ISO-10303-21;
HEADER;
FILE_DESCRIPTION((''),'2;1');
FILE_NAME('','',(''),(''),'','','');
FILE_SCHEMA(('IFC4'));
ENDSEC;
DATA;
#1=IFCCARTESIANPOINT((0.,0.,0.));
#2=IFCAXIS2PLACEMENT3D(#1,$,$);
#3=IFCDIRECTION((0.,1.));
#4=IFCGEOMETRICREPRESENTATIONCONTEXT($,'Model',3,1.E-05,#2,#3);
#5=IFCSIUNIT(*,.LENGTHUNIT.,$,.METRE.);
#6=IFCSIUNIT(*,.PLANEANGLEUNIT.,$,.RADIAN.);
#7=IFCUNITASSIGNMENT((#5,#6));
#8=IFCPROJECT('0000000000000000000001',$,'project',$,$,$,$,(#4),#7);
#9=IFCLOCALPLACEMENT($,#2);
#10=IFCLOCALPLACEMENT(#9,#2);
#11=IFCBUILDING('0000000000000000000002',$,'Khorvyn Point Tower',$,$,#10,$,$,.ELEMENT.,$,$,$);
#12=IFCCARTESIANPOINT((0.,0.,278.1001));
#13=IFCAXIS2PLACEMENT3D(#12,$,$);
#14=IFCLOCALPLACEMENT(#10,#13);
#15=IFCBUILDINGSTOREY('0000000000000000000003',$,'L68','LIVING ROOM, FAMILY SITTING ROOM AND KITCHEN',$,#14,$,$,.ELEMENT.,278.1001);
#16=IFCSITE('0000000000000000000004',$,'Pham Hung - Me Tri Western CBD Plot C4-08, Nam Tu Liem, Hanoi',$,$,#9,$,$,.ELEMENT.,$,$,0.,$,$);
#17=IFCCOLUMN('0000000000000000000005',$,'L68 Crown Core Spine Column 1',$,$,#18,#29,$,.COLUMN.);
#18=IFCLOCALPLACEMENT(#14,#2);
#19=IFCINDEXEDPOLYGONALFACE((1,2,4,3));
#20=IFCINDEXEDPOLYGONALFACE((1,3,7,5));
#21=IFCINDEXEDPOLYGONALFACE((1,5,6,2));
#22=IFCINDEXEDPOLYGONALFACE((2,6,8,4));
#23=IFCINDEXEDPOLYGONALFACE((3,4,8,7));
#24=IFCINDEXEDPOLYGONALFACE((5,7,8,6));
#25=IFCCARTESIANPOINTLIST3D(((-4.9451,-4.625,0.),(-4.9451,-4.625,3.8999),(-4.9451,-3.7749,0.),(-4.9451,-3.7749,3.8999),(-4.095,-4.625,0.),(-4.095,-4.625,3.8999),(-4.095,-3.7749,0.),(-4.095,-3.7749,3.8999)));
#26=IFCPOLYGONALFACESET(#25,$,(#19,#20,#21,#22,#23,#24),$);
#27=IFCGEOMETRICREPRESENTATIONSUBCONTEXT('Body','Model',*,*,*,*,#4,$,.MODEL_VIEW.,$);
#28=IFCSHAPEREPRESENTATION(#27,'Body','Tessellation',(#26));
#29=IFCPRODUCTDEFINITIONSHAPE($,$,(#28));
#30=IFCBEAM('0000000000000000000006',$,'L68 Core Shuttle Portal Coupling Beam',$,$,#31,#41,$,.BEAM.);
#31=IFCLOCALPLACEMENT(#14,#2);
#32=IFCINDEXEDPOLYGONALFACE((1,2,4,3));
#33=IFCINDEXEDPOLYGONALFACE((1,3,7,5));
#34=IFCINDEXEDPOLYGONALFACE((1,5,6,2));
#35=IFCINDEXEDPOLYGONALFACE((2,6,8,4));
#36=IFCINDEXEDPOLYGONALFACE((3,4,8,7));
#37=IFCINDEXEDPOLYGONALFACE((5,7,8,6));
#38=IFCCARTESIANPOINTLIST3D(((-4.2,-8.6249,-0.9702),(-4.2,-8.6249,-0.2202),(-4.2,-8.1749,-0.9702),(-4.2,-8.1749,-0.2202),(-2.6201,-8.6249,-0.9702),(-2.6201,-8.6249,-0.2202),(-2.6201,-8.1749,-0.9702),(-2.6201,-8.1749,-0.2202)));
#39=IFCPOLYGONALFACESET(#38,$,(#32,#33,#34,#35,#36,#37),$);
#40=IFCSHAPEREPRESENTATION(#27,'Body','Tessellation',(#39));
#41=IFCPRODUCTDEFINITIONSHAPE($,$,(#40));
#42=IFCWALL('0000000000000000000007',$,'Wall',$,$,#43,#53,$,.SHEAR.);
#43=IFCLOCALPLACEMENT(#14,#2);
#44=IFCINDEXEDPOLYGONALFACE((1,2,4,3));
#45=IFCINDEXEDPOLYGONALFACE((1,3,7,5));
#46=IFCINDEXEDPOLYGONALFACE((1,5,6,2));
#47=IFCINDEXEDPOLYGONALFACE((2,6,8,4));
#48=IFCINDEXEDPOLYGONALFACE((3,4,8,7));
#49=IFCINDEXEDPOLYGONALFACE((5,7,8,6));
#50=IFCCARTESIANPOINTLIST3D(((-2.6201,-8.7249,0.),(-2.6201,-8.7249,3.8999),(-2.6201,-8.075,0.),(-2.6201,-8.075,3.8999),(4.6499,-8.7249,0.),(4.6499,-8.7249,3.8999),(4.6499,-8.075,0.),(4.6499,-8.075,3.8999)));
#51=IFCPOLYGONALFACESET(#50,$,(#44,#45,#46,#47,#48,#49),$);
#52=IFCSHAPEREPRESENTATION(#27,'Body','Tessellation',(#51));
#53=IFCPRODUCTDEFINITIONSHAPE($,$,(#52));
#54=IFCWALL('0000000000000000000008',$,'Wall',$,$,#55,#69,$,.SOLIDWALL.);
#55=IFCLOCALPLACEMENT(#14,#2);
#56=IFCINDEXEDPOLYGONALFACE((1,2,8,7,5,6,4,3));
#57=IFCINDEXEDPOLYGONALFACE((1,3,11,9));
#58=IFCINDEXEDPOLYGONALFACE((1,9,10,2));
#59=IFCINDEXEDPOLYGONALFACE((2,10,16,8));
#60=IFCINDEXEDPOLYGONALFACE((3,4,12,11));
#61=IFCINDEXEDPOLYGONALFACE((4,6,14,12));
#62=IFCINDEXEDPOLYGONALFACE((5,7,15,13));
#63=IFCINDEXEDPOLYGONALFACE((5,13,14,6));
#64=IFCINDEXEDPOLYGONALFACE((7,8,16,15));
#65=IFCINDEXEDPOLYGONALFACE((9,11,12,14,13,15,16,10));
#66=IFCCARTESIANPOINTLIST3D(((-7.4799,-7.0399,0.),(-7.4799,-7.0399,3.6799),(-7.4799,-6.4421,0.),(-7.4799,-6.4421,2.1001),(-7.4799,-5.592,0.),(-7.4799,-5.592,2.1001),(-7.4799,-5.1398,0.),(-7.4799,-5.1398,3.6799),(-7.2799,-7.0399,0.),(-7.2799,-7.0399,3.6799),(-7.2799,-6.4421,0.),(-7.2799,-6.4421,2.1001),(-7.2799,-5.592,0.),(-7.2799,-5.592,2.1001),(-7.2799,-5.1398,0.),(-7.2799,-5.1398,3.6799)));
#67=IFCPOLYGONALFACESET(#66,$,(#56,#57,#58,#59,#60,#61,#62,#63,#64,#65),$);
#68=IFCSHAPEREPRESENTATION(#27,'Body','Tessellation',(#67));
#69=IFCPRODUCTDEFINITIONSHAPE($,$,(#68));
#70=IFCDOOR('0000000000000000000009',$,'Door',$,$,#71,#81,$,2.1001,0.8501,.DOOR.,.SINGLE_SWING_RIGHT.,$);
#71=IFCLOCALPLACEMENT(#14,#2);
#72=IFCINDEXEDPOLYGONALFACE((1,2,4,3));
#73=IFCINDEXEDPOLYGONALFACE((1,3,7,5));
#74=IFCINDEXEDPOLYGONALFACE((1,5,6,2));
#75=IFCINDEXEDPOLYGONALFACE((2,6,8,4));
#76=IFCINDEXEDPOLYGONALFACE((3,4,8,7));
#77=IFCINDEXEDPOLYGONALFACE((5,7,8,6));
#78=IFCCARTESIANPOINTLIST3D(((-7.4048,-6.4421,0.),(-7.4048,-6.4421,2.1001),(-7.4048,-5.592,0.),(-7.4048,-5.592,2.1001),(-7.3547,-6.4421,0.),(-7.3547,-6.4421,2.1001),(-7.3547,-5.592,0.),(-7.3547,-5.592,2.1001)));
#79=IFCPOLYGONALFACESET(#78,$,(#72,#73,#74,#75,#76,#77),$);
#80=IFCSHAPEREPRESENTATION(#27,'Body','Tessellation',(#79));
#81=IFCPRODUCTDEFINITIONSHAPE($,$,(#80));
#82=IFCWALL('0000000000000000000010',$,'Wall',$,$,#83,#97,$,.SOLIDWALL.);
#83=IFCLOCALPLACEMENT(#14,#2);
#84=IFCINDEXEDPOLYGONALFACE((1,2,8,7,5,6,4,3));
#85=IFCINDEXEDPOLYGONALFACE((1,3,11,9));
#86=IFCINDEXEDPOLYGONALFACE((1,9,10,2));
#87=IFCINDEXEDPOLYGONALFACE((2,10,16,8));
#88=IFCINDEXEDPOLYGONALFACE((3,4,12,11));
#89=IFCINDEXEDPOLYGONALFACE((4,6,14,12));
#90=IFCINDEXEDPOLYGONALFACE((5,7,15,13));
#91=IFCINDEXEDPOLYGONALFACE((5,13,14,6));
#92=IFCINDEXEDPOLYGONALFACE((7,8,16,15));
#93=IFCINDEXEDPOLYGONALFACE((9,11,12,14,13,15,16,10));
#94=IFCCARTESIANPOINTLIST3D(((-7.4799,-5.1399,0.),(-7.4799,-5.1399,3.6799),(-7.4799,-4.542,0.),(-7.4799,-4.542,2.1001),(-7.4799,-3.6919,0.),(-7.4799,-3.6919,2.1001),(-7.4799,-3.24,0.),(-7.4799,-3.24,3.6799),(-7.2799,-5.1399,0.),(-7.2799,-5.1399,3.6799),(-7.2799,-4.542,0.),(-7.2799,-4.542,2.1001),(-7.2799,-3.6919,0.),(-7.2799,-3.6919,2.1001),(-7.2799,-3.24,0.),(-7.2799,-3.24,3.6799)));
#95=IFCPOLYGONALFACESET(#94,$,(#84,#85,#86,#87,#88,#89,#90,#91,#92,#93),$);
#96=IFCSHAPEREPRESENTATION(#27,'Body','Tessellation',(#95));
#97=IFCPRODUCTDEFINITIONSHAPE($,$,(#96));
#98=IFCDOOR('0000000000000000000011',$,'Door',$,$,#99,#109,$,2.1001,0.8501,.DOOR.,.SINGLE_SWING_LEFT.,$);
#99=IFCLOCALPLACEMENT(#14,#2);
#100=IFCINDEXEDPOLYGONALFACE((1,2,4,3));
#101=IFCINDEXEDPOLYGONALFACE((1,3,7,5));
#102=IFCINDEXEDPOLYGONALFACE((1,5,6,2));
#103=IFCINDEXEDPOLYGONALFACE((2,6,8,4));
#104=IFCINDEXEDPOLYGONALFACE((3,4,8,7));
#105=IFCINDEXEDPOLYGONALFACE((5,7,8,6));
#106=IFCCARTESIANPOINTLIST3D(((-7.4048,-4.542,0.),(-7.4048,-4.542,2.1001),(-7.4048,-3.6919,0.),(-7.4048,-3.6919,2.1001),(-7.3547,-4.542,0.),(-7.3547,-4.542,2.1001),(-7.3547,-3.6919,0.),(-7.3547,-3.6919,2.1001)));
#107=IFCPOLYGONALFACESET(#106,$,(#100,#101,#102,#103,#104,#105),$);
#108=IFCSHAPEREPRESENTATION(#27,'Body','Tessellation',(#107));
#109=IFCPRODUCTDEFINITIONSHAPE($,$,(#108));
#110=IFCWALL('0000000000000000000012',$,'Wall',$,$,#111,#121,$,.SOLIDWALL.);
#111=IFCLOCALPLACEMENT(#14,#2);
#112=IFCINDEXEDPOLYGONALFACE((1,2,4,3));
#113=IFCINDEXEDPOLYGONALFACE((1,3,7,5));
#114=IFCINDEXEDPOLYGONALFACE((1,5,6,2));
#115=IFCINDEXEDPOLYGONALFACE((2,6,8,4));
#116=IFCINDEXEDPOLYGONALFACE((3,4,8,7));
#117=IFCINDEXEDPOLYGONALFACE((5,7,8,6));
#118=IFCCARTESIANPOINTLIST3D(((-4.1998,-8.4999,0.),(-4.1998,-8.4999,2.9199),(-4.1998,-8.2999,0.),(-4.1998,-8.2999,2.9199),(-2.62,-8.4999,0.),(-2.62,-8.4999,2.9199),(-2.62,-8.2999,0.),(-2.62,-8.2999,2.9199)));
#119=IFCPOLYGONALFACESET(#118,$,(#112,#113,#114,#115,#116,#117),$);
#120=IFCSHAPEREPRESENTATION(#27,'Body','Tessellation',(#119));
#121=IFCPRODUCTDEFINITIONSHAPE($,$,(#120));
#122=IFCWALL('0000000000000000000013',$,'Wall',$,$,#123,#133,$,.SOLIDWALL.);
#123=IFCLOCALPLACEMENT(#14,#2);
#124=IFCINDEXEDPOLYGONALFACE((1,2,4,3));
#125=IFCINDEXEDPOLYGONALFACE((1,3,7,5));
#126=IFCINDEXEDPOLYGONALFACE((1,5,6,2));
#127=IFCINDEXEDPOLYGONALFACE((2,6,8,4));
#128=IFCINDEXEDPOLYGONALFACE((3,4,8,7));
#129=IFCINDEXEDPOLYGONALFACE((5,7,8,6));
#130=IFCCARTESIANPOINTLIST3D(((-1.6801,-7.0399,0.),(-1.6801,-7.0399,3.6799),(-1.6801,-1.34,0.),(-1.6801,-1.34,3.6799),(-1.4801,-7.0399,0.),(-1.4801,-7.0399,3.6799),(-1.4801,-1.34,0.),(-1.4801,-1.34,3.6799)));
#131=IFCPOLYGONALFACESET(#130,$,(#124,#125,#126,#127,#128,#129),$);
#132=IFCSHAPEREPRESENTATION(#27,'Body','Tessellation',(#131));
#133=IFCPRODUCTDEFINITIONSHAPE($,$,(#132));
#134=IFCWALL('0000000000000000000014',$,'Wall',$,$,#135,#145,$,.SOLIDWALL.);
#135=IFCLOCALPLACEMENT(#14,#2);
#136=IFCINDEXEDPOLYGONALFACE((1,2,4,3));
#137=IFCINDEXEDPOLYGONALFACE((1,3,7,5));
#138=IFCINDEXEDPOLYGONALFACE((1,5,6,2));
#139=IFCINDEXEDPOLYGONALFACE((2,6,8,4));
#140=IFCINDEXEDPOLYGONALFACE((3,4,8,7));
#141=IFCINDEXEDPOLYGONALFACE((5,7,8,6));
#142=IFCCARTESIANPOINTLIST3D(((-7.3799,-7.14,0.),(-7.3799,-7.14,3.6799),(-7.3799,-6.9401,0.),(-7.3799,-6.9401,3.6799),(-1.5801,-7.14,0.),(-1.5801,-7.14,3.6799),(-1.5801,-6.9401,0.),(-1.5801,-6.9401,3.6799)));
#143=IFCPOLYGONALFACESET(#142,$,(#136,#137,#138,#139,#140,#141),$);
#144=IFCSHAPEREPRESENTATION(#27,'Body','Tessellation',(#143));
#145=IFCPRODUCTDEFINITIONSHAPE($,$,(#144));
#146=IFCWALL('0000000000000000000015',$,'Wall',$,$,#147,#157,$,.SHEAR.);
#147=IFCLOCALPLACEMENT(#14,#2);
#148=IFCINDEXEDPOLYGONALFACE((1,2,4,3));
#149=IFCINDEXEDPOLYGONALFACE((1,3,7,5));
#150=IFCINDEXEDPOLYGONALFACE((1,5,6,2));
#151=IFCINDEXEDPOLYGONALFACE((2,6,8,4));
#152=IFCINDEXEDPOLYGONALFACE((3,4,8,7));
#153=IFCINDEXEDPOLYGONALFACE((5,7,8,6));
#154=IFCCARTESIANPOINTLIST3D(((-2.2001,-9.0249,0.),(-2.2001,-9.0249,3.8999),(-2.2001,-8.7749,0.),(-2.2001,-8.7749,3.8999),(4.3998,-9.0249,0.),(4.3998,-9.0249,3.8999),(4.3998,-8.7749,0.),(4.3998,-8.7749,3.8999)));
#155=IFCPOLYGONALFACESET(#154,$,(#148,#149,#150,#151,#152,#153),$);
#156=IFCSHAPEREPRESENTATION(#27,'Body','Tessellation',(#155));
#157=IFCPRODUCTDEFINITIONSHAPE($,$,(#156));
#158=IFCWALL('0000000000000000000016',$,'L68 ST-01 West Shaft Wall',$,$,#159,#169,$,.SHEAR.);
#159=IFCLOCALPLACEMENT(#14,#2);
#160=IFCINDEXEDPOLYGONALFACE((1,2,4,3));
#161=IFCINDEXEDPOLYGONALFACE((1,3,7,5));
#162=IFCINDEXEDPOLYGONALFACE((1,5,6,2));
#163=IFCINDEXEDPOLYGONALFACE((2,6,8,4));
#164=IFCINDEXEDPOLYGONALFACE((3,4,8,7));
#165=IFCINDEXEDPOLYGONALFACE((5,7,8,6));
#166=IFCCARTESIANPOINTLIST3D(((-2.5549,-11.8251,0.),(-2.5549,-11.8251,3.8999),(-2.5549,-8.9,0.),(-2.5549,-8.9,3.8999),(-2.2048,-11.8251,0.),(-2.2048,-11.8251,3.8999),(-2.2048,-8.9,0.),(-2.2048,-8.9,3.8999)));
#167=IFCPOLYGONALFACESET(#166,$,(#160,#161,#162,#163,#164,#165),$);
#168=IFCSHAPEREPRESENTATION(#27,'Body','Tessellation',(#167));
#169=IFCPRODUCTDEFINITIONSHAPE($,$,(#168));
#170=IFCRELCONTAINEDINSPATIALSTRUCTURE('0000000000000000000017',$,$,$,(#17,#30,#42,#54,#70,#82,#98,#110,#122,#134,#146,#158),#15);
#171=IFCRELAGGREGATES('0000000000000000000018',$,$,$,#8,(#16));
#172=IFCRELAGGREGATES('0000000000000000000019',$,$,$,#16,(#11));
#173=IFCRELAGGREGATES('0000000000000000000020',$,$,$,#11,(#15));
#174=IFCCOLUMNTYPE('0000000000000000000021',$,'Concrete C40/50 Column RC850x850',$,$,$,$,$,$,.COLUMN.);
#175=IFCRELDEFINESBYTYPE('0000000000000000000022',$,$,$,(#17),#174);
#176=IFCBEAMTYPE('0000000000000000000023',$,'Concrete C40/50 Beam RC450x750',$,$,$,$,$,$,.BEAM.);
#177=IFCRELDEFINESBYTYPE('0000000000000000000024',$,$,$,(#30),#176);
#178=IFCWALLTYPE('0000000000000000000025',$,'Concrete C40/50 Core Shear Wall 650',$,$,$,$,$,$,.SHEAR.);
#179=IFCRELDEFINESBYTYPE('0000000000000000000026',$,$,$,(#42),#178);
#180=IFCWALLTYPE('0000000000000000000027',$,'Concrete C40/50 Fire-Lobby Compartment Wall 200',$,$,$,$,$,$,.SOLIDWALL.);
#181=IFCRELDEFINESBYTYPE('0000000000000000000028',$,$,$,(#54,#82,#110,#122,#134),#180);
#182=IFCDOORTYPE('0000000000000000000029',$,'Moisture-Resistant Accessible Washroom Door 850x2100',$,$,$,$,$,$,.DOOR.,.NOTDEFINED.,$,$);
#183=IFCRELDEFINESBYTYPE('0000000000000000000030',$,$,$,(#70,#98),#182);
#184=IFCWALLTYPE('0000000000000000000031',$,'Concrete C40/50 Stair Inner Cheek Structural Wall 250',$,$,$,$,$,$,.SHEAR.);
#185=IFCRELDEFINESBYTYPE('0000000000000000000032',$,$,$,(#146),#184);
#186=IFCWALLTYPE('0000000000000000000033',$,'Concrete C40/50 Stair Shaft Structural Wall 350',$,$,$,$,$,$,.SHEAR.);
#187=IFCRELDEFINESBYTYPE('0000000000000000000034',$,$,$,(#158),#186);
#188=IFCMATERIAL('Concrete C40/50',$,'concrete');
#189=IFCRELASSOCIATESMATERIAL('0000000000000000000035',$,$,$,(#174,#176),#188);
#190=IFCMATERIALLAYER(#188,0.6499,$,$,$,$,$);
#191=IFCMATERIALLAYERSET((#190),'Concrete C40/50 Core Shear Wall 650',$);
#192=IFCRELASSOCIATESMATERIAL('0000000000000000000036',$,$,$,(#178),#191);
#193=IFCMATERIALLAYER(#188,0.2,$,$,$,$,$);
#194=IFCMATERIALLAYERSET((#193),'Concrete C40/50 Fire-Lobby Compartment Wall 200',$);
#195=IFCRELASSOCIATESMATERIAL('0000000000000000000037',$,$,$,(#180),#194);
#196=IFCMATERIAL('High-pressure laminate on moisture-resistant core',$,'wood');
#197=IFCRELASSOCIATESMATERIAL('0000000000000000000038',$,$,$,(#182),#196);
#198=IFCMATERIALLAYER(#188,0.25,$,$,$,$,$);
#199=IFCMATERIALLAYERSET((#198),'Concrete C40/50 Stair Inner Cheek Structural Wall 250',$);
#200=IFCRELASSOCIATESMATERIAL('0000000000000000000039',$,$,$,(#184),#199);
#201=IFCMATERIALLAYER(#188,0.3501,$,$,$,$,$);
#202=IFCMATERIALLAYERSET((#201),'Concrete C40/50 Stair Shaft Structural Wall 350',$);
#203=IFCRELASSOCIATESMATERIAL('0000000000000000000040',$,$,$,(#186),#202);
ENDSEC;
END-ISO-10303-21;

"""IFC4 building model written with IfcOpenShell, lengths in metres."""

from ifc_helpers import new_model, si_unit, direction, frame, frame_2d, origin, origin_2d, place, context, subcontext, project, spatial, rectangle, extrude, material, layer, layer_set, material_profile, profile_set, type_object, element, fill, save


model = new_model("IFC4")

# Units and contexts
model_context = context("Model", 3, precision=1e-05, world=origin(), true_north=direction((0.0, 1.0)))
body_context = subcontext(model_context, "Body", "Model", "MODEL_VIEW")
ifc_project = project(units=[si_unit("LENGTHUNIT", "METRE"), si_unit("PLANEANGLEUNIT", "RADIAN")], contexts=[model_context])

# Site, building, storey
site_placement = place(None, origin())
site = spatial("IfcSite", under=ifc_project, at=site_placement, Name="Pham Hung - Me Tri Western CBD Plot C4-08, Nam Tu Liem, Hanoi", CompositionType="ELEMENT", RefElevation=0.0)
building_placement = place(site_placement, origin())
building = spatial("IfcBuilding", under=site, at=building_placement, Name="Khorvyn Point Tower", CompositionType="ELEMENT")
storey_placement = place(building_placement, frame((0.0, 0.0, 278.1001)))
storey = spatial("IfcBuildingStorey", under=building, at=storey_placement, Name="L68", Description="LIVING ROOM, FAMILY SITTING ROOM AND KITCHEN", CompositionType="ELEMENT", Elevation=278.1001)

# Column
ifc_material_1 = material(Name="Concrete C40/50", Category="concrete")
ifc_material_profile_1 = material_profile(ifc_material_1, rectangle(XDim=0.8501, YDim=0.8501, at=origin_2d()))
ifc_profile_set_1 = profile_set([ifc_material_profile_1], Name="Concrete C40/50 RC850x850")
column_type = type_object("IfcColumnType", Name="Concrete C40/50 Column RC850x850", PredefinedType="COLUMN", material=ifc_profile_set_1)
column_placement = place(storey_placement, frame((-4.52, -4.2, 0.0), z_axis=(0.0, 0.0, 1.0), x_axis=(1.0, 0.0, 0.0)))
element("IfcColumn", 1, at=column_placement, inside=storey, type_object=column_type, Name="L68 Crown Core Spine Column 1", PredefinedType="COLUMN", context=body_context, shape_type="SweptSolid", body=[
    extrude(rectangle(XDim=0.8501, YDim=0.8501, at=origin_2d()), origin(), (0.0, 0.0, 1.0), 3.8999),
])

# Beam
ifc_material_profile_2 = material_profile(ifc_material_1, rectangle(XDim=0.45, YDim=0.75, at=origin_2d()))
ifc_profile_set_2 = profile_set([ifc_material_profile_2], Name="Concrete C40/50 RC450x750")
beam_type = type_object("IfcBeamType", Name="Concrete C40/50 Beam RC450x750", PredefinedType="BEAM", material=ifc_profile_set_2)
beam_placement = place(storey_placement, frame((-4.2, -8.3999, -0.5952), z_axis=(1.0, 0.0, 0.0), x_axis=(0.0, 1.0, 0.0)))
element("IfcBeam", 2, at=beam_placement, inside=storey, type_object=beam_type, Name="L68 Core Shuttle Portal Coupling Beam", PredefinedType="BEAM", context=body_context, shape_type="SweptSolid", body=[
    extrude(rectangle(XDim=0.45, YDim=0.75, at=origin_2d()), origin(), (0.0, 0.0, 1.0), 1.5798),
])

# Wall
ifc_layer_1 = layer(ifc_material_1, 0.6499)
ifc_layer_set_1 = layer_set([ifc_layer_1], Name="Concrete C40/50 Core Shear Wall 650")
wall_type_1 = type_object("IfcWallType", Name="Concrete C40/50 Core Shear Wall 650", PredefinedType="SHEAR", material=ifc_layer_set_1)
wall_1_placement = place(storey_placement, frame((-2.6201, -8.3999, 0.0), z_axis=(0.0, 0.0, 1.0), x_axis=(1.0, 0.0, 0.0)))
element("IfcWall", 3, at=wall_1_placement, inside=storey, type_object=wall_type_1, Name="Wall", PredefinedType="SHEAR", context=body_context, shape_type="SweptSolid", body=[
    extrude(rectangle(XDim=7.27, YDim=0.6499, at=frame_2d((3.635, 0.0))), origin(), (0.0, 0.0, 1.0), 3.8999),
])

# Walls, openings, doors
ifc_layer_2 = layer(ifc_material_1, 0.2)
ifc_layer_set_2 = layer_set([ifc_layer_2], Name="Concrete C40/50 Fire-Lobby Compartment Wall 200")
wall_type_2 = type_object("IfcWallType", Name="Concrete C40/50 Fire-Lobby Compartment Wall 200", PredefinedType="SOLIDWALL", material=ifc_layer_set_2)
wall_2_placement = place(storey_placement, frame((-7.3799, -7.04, 0.0), z_axis=(0.0, 0.0, 1.0), x_axis=(0.0, 1.0, 0.0)))
wall_2 = element("IfcWall", 4, at=wall_2_placement, inside=storey, type_object=wall_type_2, Name="Wall", PredefinedType="SOLIDWALL", context=body_context, shape_type="SweptSolid", body=[
    extrude(rectangle(XDim=1.9001, YDim=0.2, at=frame_2d((0.9502, 0.0))), origin(), (0.0, 0.0, 1.0), 3.6799),
])
opening_1_placement = place(wall_2_placement, frame((0.5979, 0.0, 0.0)))
opening_1 = element("IfcOpeningElement", 5, at=opening_1_placement, cuts=wall_2, PredefinedType="OPENING", context=body_context, shape_type="SweptSolid", body=[
    extrude(rectangle(XDim=0.8501, YDim=2.1001, at=frame_2d((0.425, 1.05))), frame((0.0, 0.1099, 0.0), z_axis=(0.0, -1.0, 0.0), x_axis=(1.0, 0.0, 0.0)), (0.0, 0.0, 1.0), 0.22),
])
ifc_material_2 = material(Name="High-pressure laminate on moisture-resistant core", Category="wood")
door_type_1 = type_object("IfcDoorType", Name="Moisture-Resistant Accessible Washroom Door 850x2100", OperationType="NOTDEFINED", PredefinedType="DOOR", material=ifc_material_2)
door_1_placement = place(opening_1_placement, origin())
door_1 = element("IfcDoor", 6, at=door_1_placement, inside=storey, type_object=door_type_1, Name="Door", OperationType="SINGLE_SWING_RIGHT", OverallHeight=2.1001, OverallWidth=0.8501, PredefinedType="DOOR", context=body_context, shape_type="SweptSolid", body=[
    extrude(rectangle(XDim=0.8501, YDim=2.1001, at=frame_2d((0.425, 1.05))), frame((0.0, 0.0249, 0.0), z_axis=(0.0, -1.0, 0.0), x_axis=(1.0, 0.0, 0.0)), (0.0, 0.0, 1.0), 0.05),
])
fill(opening_1, door_1)
wall_3_placement = place(storey_placement, frame((-7.3799, -5.1399, 0.0), z_axis=(0.0, 0.0, 1.0), x_axis=(0.0, 1.0, 0.0)))
wall_3 = element("IfcWall", 7, at=wall_3_placement, inside=storey, type_object=wall_type_2, Name="Wall", PredefinedType="SOLIDWALL", context=body_context, shape_type="SweptSolid", body=[
    extrude(rectangle(XDim=1.8999, YDim=0.2, at=frame_2d((0.95, 0.0))), origin(), (0.0, 0.0, 1.0), 3.6799),
])
opening_2_placement = place(wall_3_placement, frame((0.5979, 0.0, 0.0)))
opening_2 = element("IfcOpeningElement", 8, at=opening_2_placement, cuts=wall_3, PredefinedType="OPENING", context=body_context, shape_type="SweptSolid", body=[
    extrude(rectangle(XDim=0.8501, YDim=2.1001, at=frame_2d((0.425, 1.05))), frame((0.0, 0.1099, 0.0), z_axis=(0.0, -1.0, 0.0), x_axis=(1.0, 0.0, 0.0)), (0.0, 0.0, 1.0), 0.22),
])
door_2_placement = place(opening_2_placement, origin())
door_2 = element("IfcDoor", 9, at=door_2_placement, inside=storey, type_object=door_type_1, Name="Door", OperationType="SINGLE_SWING_LEFT", OverallHeight=2.1001, OverallWidth=0.8501, PredefinedType="DOOR", context=body_context, shape_type="SweptSolid", body=[
    extrude(rectangle(XDim=0.8501, YDim=2.1001, at=frame_2d((0.425, 1.05))), frame((0.0, 0.0249, 0.0), z_axis=(0.0, -1.0, 0.0), x_axis=(1.0, 0.0, 0.0)), (0.0, 0.0, 1.0), 0.05),
])
fill(opening_2, door_2)

# Walls
wall_4_placement = place(storey_placement, frame((-4.2, -8.3999, 0.0), z_axis=(0.0, 0.0, 1.0), x_axis=(1.0, 0.0, 0.0)))
element("IfcWall", 10, at=wall_4_placement, inside=storey, type_object=wall_type_2, Name="Wall", PredefinedType="SOLIDWALL", context=body_context, shape_type="SweptSolid", body=[
    extrude(rectangle(XDim=1.5798, YDim=0.2, at=frame_2d((0.79, 0.0))), origin(), (0.0, 0.0, 1.0), 2.9199),
])
wall_5_placement = place(storey_placement, frame((-1.5801, -7.04, 0.0), z_axis=(0.0, 0.0, 1.0), x_axis=(0.0, 1.0, 0.0)))
element("IfcWall", 11, at=wall_5_placement, inside=storey, type_object=wall_type_2, Name="Wall", PredefinedType="SOLIDWALL", context=body_context, shape_type="SweptSolid", body=[
    extrude(rectangle(XDim=5.7, YDim=0.2, at=frame_2d((2.8501, 0.0))), origin(), (0.0, 0.0, 1.0), 3.6799),
])
wall_6_placement = place(storey_placement, frame((-7.3799, -7.04, 0.0), z_axis=(0.0, 0.0, 1.0), x_axis=(1.0, 0.0, 0.0)))
element("IfcWall", 12, at=wall_6_placement, inside=storey, type_object=wall_type_2, Name="Wall", PredefinedType="SOLIDWALL", context=body_context, shape_type="SweptSolid", body=[
    extrude(rectangle(XDim=5.7998, YDim=0.2, at=frame_2d((2.8999, 0.0))), origin(), (0.0, 0.0, 1.0), 3.6799),
])
ifc_layer_3 = layer(ifc_material_1, 0.25)
ifc_layer_set_3 = layer_set([ifc_layer_3], Name="Concrete C40/50 Stair Inner Cheek Structural Wall 250")
wall_type_3 = type_object("IfcWallType", Name="Concrete C40/50 Stair Inner Cheek Structural Wall 250", PredefinedType="SHEAR", material=ifc_layer_set_3)
wall_7_placement = place(storey_placement, frame((-2.2, -8.8999, 0.0), z_axis=(0.0, 0.0, 1.0), x_axis=(1.0, 0.0, 0.0)))
element("IfcWall", 13, at=wall_7_placement, inside=storey, type_object=wall_type_3, Name="Wall", PredefinedType="SHEAR", context=body_context, shape_type="SweptSolid", body=[
    extrude(rectangle(XDim=6.5999, YDim=0.25, at=frame_2d((3.2998, 0.0))), origin(), (0.0, 0.0, 1.0), 3.8999),
])
ifc_layer_4 = layer(ifc_material_1, 0.3501)
ifc_layer_set_4 = layer_set([ifc_layer_4], Name="Concrete C40/50 Stair Shaft Structural Wall 350")
wall_type_4 = type_object("IfcWallType", Name="Concrete C40/50 Stair Shaft Structural Wall 350", PredefinedType="SHEAR", material=ifc_layer_set_4)
wall_8_placement = place(storey_placement, frame((-2.3799, -11.825, 0.0), z_axis=(0.0, 0.0, 1.0), x_axis=(0.0, 1.0, 0.0)))
element("IfcWall", 14, at=wall_8_placement, inside=storey, type_object=wall_type_4, Name="L68 ST-01 West Shaft Wall", PredefinedType="SHEAR", context=body_context, shape_type="SweptSolid", body=[
    extrude(rectangle(XDim=2.925, YDim=0.3501, at=frame_2d((1.4624, 0.0))), origin(), (0.0, 0.0, 1.0), 3.8999),
])

save(model, "model.ifc")
